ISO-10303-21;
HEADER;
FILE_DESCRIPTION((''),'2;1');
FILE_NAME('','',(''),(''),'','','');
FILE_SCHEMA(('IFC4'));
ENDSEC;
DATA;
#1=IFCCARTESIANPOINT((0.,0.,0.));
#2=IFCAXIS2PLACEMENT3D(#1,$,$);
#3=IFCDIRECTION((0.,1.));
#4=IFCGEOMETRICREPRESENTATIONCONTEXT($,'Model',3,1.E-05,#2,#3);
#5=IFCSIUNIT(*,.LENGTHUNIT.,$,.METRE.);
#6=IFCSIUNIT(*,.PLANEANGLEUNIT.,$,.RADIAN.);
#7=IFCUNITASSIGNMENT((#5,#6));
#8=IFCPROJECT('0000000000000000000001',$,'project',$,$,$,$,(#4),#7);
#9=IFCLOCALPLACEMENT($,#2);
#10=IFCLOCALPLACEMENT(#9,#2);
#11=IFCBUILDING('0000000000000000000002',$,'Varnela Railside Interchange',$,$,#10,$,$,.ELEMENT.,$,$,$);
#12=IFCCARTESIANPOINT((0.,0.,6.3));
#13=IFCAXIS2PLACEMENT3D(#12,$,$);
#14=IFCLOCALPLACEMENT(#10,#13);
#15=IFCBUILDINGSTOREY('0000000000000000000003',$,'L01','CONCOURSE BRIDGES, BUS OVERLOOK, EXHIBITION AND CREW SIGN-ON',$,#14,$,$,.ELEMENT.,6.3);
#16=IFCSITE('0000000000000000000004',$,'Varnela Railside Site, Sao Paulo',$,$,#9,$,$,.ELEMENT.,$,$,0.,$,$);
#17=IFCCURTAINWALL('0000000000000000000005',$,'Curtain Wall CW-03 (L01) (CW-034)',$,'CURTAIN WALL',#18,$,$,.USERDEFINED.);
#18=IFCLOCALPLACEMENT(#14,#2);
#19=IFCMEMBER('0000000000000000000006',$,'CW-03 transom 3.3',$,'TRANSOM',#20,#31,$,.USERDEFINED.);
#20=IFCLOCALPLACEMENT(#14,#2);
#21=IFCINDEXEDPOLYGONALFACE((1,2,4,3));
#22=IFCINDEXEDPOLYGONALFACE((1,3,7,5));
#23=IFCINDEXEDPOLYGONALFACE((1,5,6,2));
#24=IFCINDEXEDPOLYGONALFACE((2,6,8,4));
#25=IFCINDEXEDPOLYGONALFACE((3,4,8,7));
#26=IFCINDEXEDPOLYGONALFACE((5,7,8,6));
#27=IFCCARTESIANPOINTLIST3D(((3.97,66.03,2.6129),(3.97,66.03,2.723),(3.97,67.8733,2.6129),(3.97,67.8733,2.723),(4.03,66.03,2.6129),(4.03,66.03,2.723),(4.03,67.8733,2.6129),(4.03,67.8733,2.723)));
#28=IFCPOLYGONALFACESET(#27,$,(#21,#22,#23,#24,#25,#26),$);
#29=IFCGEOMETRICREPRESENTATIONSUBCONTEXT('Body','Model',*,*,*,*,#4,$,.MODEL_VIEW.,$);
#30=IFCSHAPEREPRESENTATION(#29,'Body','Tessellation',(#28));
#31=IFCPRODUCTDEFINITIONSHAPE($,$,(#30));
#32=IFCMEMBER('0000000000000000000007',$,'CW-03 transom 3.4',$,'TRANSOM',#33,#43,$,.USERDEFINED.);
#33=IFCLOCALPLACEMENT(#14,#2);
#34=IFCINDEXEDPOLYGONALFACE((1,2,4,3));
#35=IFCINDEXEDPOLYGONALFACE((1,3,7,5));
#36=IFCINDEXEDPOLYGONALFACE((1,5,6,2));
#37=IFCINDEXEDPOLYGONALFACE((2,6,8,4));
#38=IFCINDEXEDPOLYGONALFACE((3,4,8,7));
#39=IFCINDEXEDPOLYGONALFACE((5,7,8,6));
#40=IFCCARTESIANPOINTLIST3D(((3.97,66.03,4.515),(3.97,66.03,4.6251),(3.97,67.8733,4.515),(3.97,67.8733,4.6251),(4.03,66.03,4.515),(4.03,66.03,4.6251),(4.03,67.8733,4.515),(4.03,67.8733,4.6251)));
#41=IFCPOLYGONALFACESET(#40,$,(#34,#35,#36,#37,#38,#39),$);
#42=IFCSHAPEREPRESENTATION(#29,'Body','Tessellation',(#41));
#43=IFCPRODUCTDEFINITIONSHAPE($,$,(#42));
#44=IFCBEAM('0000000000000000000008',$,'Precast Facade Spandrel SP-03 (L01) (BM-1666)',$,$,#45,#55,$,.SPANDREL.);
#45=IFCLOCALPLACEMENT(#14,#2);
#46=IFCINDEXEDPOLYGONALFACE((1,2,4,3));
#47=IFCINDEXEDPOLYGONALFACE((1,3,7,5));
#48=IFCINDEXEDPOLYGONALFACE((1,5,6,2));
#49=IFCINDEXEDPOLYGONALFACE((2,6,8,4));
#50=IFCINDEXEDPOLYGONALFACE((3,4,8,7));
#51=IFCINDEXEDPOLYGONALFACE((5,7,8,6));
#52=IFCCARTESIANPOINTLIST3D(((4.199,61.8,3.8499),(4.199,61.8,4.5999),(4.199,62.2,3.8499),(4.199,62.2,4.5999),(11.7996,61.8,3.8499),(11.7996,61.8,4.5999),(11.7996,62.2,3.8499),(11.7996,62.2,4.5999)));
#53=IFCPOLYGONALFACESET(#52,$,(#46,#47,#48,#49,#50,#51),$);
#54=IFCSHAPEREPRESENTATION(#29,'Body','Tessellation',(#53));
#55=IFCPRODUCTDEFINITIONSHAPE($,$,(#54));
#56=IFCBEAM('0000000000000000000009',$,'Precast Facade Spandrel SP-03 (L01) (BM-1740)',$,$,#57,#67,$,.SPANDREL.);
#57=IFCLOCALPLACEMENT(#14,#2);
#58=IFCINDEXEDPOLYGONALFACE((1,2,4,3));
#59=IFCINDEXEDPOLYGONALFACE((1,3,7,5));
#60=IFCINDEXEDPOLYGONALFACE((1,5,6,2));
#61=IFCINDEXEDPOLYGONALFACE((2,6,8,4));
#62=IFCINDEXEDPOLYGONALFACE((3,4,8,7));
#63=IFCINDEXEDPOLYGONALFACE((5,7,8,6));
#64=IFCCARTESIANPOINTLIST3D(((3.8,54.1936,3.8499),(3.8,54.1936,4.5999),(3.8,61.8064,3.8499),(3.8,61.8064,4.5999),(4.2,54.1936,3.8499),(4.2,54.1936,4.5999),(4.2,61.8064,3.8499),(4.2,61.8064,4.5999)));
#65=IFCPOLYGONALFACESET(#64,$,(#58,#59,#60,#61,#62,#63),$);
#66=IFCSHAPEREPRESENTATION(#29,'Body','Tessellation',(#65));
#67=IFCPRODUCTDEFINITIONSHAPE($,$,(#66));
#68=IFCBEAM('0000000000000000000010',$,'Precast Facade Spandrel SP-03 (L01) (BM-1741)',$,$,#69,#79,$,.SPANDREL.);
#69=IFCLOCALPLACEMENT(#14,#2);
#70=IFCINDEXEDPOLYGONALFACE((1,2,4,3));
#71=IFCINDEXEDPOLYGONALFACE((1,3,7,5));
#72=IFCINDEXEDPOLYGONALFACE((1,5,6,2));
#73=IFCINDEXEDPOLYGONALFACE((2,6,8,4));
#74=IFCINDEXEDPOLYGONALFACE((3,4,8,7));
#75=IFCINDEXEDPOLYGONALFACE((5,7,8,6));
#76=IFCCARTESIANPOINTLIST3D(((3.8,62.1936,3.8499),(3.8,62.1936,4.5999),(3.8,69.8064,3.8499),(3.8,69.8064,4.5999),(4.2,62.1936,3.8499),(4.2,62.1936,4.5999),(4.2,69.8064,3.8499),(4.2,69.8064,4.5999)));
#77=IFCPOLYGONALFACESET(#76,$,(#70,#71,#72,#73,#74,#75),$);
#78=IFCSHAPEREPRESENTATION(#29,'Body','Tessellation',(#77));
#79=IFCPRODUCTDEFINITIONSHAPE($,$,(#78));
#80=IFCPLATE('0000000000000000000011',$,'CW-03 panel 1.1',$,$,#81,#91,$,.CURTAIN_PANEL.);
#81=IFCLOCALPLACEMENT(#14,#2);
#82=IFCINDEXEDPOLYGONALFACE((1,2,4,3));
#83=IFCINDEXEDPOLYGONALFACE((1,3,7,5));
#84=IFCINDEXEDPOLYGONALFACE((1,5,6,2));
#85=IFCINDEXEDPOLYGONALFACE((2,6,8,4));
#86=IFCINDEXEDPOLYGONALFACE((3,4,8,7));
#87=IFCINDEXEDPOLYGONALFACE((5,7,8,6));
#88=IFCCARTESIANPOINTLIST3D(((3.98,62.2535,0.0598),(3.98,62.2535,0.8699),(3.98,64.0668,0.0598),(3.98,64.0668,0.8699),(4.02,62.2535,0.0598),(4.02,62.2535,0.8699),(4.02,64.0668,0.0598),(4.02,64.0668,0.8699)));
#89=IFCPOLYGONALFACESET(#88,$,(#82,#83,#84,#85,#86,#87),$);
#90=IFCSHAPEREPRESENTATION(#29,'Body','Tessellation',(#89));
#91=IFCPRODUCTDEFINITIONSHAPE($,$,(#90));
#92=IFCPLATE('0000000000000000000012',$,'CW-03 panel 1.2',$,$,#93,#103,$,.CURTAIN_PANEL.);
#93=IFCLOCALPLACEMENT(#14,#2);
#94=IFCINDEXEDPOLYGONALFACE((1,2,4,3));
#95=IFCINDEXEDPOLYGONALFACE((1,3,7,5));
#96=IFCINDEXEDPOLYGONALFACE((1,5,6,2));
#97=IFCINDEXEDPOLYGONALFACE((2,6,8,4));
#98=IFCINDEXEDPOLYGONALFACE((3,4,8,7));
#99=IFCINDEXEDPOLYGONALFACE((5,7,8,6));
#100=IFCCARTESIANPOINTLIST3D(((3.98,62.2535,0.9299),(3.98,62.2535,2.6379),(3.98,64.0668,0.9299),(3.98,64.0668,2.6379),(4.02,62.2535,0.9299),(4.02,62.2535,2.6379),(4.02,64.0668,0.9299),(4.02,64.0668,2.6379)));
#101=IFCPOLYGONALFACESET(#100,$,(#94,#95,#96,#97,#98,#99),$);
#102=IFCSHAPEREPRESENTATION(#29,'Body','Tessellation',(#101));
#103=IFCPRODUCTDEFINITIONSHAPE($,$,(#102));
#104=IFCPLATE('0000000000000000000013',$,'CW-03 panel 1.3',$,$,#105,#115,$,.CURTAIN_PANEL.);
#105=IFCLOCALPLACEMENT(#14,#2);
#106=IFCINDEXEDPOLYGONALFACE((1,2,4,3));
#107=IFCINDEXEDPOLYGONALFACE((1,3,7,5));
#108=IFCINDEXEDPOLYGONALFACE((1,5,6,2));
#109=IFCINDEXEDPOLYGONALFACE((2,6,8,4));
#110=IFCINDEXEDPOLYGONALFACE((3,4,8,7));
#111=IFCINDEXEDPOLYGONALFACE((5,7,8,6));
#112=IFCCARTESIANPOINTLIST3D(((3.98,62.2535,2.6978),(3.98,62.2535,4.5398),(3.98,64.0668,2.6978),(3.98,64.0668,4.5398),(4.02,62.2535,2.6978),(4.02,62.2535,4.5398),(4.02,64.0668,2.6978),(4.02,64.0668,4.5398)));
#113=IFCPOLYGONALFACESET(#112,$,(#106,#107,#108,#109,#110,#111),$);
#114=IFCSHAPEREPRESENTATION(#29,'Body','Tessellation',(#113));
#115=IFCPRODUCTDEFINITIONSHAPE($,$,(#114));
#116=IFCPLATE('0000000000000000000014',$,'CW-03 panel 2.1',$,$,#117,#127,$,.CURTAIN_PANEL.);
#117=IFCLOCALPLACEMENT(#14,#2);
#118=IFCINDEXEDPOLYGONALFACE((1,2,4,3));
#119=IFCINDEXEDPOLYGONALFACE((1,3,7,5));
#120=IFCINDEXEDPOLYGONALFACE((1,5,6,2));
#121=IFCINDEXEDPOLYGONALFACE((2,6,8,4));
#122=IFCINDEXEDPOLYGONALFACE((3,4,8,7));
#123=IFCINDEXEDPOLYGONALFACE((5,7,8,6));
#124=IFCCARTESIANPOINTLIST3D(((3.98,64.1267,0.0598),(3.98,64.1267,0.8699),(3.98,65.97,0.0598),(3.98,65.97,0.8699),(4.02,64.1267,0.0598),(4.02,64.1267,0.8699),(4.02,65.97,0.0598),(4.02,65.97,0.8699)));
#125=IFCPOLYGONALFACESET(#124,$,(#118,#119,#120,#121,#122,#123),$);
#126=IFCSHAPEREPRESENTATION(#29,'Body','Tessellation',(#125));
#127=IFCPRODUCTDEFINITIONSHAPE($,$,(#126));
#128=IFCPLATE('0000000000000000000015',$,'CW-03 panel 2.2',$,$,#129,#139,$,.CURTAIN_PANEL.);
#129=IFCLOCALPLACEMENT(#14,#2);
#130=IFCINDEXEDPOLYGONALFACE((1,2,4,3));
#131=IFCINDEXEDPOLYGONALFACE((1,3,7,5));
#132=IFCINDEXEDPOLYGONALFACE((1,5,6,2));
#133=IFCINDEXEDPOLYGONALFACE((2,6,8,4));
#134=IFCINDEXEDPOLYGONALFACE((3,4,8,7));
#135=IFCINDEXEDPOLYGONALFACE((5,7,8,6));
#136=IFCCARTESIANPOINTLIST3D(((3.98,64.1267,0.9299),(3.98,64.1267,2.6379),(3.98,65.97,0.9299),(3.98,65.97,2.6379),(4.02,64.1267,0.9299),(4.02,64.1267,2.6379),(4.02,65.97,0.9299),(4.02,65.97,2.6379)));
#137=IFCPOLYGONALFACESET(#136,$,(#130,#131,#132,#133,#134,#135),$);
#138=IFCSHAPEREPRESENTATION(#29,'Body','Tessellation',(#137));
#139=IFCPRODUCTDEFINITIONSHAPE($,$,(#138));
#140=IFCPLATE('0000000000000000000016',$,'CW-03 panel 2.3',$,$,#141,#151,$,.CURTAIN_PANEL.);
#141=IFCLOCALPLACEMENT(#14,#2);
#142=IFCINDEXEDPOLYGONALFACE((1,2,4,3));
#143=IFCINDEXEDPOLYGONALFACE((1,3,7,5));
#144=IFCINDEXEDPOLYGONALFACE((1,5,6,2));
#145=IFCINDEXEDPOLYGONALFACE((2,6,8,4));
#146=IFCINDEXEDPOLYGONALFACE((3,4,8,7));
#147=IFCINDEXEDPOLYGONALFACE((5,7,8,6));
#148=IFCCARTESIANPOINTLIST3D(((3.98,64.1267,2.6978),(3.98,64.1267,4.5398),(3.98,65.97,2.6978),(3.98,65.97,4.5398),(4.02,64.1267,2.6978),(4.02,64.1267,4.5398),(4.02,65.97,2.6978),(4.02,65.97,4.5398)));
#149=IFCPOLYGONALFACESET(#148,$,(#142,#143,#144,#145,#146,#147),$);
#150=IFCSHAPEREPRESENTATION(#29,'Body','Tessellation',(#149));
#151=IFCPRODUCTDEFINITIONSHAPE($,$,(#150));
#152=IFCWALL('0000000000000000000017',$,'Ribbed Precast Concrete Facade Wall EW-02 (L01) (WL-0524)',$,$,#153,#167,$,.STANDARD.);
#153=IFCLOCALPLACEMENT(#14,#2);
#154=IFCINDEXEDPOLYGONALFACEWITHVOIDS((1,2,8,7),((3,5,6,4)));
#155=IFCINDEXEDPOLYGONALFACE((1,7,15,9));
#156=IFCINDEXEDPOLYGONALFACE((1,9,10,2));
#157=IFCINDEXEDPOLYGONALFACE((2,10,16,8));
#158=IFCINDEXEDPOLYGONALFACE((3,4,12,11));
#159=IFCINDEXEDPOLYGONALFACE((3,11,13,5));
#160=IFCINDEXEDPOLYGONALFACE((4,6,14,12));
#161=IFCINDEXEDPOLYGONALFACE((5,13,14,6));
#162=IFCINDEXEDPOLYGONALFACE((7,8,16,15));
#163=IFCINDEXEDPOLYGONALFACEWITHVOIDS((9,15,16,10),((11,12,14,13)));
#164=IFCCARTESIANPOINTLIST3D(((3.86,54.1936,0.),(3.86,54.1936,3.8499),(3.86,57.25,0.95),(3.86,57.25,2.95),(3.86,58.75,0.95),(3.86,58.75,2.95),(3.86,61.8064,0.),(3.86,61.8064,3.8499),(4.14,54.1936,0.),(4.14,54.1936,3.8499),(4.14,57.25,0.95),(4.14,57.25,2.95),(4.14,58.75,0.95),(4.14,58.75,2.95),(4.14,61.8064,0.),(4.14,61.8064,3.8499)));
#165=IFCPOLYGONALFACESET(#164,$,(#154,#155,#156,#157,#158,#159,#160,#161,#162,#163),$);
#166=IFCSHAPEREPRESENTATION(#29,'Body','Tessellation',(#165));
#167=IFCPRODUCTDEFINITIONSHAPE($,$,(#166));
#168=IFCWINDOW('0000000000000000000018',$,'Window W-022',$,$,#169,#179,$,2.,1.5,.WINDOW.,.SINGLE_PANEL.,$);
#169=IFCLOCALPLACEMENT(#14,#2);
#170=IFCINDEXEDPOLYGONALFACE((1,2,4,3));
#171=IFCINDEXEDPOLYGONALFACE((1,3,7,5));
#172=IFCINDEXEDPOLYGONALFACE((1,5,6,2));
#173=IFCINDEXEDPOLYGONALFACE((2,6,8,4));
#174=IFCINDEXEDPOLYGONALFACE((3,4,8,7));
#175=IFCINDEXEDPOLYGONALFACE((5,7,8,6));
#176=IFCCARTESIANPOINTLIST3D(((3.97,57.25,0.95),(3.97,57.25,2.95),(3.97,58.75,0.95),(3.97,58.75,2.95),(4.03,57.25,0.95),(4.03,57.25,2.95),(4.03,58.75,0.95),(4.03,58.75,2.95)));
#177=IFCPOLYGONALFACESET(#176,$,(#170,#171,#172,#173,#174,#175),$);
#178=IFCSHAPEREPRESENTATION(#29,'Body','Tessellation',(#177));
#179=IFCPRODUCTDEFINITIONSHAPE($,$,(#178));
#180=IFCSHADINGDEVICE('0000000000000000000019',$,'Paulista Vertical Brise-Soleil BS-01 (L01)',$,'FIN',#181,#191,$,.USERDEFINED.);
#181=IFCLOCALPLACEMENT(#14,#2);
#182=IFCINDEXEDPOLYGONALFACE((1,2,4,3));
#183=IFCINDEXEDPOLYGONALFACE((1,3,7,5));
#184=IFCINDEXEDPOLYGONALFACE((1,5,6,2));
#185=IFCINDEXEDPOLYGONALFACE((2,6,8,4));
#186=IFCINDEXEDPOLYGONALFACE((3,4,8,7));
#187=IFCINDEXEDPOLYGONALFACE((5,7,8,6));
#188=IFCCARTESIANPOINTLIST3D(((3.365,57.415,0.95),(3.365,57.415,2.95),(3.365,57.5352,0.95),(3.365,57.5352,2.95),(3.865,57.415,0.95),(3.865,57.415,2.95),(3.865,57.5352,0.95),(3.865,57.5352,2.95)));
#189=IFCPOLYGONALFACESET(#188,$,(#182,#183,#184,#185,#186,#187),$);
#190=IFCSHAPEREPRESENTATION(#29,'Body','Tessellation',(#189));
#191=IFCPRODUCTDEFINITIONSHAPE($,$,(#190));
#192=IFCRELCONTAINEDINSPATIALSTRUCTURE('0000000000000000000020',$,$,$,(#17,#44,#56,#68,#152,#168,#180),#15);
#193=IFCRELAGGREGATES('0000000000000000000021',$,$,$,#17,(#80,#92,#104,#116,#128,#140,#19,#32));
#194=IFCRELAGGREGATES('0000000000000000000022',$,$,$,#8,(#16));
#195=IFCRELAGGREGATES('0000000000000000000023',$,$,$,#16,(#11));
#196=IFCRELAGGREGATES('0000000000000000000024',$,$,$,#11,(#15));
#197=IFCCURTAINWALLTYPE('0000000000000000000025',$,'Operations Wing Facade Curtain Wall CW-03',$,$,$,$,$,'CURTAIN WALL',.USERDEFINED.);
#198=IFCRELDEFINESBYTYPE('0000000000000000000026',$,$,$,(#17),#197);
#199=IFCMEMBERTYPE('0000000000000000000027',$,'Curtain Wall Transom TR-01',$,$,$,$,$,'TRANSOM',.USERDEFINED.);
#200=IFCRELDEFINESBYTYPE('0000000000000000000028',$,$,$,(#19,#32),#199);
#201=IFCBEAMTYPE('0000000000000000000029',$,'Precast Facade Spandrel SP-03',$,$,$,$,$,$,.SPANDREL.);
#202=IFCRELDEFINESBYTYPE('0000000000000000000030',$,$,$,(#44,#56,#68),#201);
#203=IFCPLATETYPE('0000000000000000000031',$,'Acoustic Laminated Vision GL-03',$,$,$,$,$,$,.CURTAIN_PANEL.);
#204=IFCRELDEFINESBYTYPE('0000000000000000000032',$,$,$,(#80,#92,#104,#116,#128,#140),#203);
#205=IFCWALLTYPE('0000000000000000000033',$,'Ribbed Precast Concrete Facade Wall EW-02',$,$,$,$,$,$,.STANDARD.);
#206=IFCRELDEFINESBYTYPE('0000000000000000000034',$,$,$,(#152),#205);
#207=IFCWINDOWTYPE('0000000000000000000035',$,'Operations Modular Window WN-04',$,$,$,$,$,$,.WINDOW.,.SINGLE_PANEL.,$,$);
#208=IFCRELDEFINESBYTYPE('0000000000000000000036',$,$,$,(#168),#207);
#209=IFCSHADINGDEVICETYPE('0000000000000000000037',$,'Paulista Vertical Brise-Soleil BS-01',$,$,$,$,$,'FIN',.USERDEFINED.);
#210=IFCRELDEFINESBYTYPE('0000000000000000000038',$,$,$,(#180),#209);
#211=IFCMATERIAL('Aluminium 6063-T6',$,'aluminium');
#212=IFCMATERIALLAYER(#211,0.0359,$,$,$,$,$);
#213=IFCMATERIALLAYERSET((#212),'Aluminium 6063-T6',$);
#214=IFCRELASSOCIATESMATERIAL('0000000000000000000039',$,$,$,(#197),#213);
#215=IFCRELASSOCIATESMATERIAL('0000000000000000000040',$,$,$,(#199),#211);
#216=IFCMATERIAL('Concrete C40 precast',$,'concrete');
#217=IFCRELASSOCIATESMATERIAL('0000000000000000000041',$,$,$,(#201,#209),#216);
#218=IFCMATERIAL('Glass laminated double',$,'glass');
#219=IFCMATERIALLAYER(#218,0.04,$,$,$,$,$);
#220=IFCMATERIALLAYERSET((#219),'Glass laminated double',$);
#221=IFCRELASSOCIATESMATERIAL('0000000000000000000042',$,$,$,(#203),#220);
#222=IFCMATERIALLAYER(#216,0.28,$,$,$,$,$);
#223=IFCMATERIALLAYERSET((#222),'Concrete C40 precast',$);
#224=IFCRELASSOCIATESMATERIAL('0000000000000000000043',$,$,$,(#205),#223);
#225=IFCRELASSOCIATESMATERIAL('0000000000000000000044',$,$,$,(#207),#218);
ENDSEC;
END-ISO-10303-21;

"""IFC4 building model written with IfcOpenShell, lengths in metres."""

from ifc_helpers import new_model, si_unit, direction, frame, frame_2d, origin, origin_2d, place, context, subcontext, project, spatial, rectangle, extrude, material, layer, layer_set, material_profile, profile_set, type_object, element, fill, aggregate, save


model = new_model("IFC4")

# Units and contexts
model_context = context("Model", 3, precision=1e-05, world=origin(), true_north=direction((0.0, 1.0)))
body_context = subcontext(model_context, "Body", "Model", "MODEL_VIEW")
ifc_project = project(units=[si_unit("LENGTHUNIT", "METRE"), si_unit("PLANEANGLEUNIT", "RADIAN")], contexts=[model_context])

# Site, building, storey
site_placement = place(None, origin())
site = spatial("IfcSite", under=ifc_project, at=site_placement, Name="Varnela Railside Site, Sao Paulo", CompositionType="ELEMENT", RefElevation=0.0)
building_placement = place(site_placement, origin())
building = spatial("IfcBuilding", under=site, at=building_placement, Name="Varnela Railside Interchange", CompositionType="ELEMENT")
storey_placement = place(building_placement, frame((0.0, 0.0, 6.3)))
storey = spatial("IfcBuildingStorey", under=building, at=storey_placement, Name="L01", Description="CONCOURSE BRIDGES, BUS OVERLOOK, EXHIBITION AND CREW SIGN-ON", CompositionType="ELEMENT", Elevation=6.3)

# Curtain wall, members
ifc_material_1 = material(Name="Aluminium 6063-T6", Category="aluminium")
ifc_layer_1 = layer(ifc_material_1, 0.0359)
ifc_layer_set_1 = layer_set([ifc_layer_1], Name="Aluminium 6063-T6")
curtain_wall_type = type_object("IfcCurtainWallType", Name="Operations Wing Facade Curtain Wall CW-03", ElementType="CURTAIN WALL", PredefinedType="USERDEFINED", material=ifc_layer_set_1)
curtain_wall_placement = place(storey_placement, origin())
curtain_wall = element("IfcCurtainWall", 1, at=curtain_wall_placement, inside=storey, type_object=curtain_wall_type, Name="Curtain Wall CW-03 (L01) (CW-034)", ObjectType="CURTAIN WALL", PredefinedType="USERDEFINED")
ifc_material_profile_1 = material_profile(ifc_material_1, rectangle(XDim=0.0601, YDim=0.1101, at=origin_2d()), Name="ALU 60x110")
ifc_profile_set_1 = profile_set([ifc_material_profile_1], Name="Aluminium 6063-T6")
member_type_1 = type_object("IfcMemberType", Name="Curtain Wall Transom TR-01", ElementType="TRANSOM", PredefinedType="USERDEFINED", material=ifc_profile_set_1)
member_1_placement = place(storey_placement, frame((4.0, 66.03, 2.668), z_axis=(0.0, 1.0, 0.0), x_axis=(-1.0, 0.0, 0.0)))
member_1 = element("IfcMember", 2, at=member_1_placement, type_object=member_type_1, Name="CW-03 transom 3.3", ObjectType="TRANSOM", PredefinedType="USERDEFINED", context=body_context, shape_type="SweptSolid", body=[
    extrude(rectangle(XDim=0.0601, YDim=0.1101, at=origin_2d()), origin(), (0.0, 0.0, 1.0), 1.8433),
])
member_2_placement = place(storey_placement, frame((4.0, 66.03, 4.5701), z_axis=(0.0, 1.0, 0.0), x_axis=(-1.0, 0.0, 0.0)))
member_2 = element("IfcMember", 3, at=member_2_placement, type_object=member_type_1, Name="CW-03 transom 3.4", ObjectType="TRANSOM", PredefinedType="USERDEFINED", context=body_context, shape_type="SweptSolid", body=[
    extrude(rectangle(XDim=0.0601, YDim=0.1101, at=origin_2d()), origin(), (0.0, 0.0, 1.0), 1.8433),
])

# Beams
ifc_material_2 = material(Name="Concrete C40 precast", Category="concrete")
ifc_material_profile_2 = material_profile(ifc_material_2, rectangle(XDim=0.3999, YDim=0.75, at=origin_2d()), Name="PC 400x750")
ifc_profile_set_2 = profile_set([ifc_material_profile_2], Name="Concrete C40 precast")
beam_type = type_object("IfcBeamType", Name="Precast Facade Spandrel SP-03", PredefinedType="SPANDREL", material=ifc_profile_set_2)
beam_placement = place(storey_placement, frame((4.199, 62.0, 4.2249), z_axis=(1.0, 0.0, 0.0), x_axis=(0.0, 1.0, 0.0)))
element("IfcBeam", 4, at=beam_placement, inside=storey, type_object=beam_type, Name="Precast Facade Spandrel SP-03 (L01) (BM-1666)", PredefinedType="SPANDREL", context=body_context, shape_type="SweptSolid", body=[
    extrude(rectangle(XDim=0.3999, YDim=0.75, at=origin_2d()), origin(), (0.0, 0.0, 1.0), 7.6006),
])
for number, where, z_axis, x_axis, name in (
    (5, (4.0, 54.1936, 4.2249), (0.0, 1.0, 0.0), (-1.0, 0.0, 0.0), "Precast Facade Spandrel SP-03 (L01) (BM-1740)"),
    (6, (4.0, 62.1936, 4.2249), (0.0, 1.0, 0.0), (-1.0, 0.0, 0.0), "Precast Facade Spandrel SP-03 (L01) (BM-1741)"),
):
    element("IfcBeam", number, at=place(storey_placement, frame(where, z_axis=z_axis, x_axis=x_axis)), inside=storey, type_object=beam_type, Name=name, PredefinedType="SPANDREL", context=body_context, shape_type="SweptSolid", body=[
        extrude(rectangle(XDim=0.3999, YDim=0.75, at=origin_2d()), origin(), (0.0, 0.0, 1.0), 7.6128),
    ])

# Plates
ifc_material_3 = material(Name="Glass laminated double", Category="glass")
ifc_layer_2 = layer(ifc_material_3, 0.04)
ifc_layer_set_2 = layer_set([ifc_layer_2], Name="Glass laminated double")
plate_type = type_object("IfcPlateType", Name="Acoustic Laminated Vision GL-03", PredefinedType="CURTAIN_PANEL", material=ifc_layer_set_2)
plate_1_placement = place(storey_placement, frame((4.0, 63.1602, 0.0598), z_axis=(0.0, 0.0, 1.0), x_axis=(0.0, 1.0, 0.0)))
plate_1 = element("IfcPlate", 7, at=plate_1_placement, type_object=plate_type, Name="CW-03 panel 1.1", PredefinedType="CURTAIN_PANEL", context=body_context, shape_type="SweptSolid", body=[
    extrude(rectangle(XDim=1.8132, YDim=0.04, at=origin_2d()), origin(), (0.0, 0.0, 1.0), 0.8101),
])
plate_2_placement = place(storey_placement, frame((4.0, 63.1602, 0.9299), z_axis=(0.0, 0.0, 1.0), x_axis=(0.0, 1.0, 0.0)))
plate_2 = element("IfcPlate", 8, at=plate_2_placement, type_object=plate_type, Name="CW-03 panel 1.2", PredefinedType="CURTAIN_PANEL", context=body_context, shape_type="SweptSolid", body=[
    extrude(rectangle(XDim=1.8132, YDim=0.04, at=origin_2d()), origin(), (0.0, 0.0, 1.0), 1.708),
])
plate_3_placement = place(storey_placement, frame((4.0, 63.1602, 2.6978), z_axis=(0.0, 0.0, 1.0), x_axis=(0.0, 1.0, 0.0)))
plate_3 = element("IfcPlate", 9, at=plate_3_placement, type_object=plate_type, Name="CW-03 panel 1.3", PredefinedType="CURTAIN_PANEL", context=body_context, shape_type="SweptSolid", body=[
    extrude(rectangle(XDim=1.8132, YDim=0.04, at=origin_2d()), origin(), (0.0, 0.0, 1.0), 1.842),
])
plate_4_placement = place(storey_placement, frame((4.0, 65.0483, 0.0598), z_axis=(0.0, 0.0, 1.0), x_axis=(0.0, 1.0, 0.0)))
plate_4 = element("IfcPlate", 10, at=plate_4_placement, type_object=plate_type, Name="CW-03 panel 2.1", PredefinedType="CURTAIN_PANEL", context=body_context, shape_type="SweptSolid", body=[
    extrude(rectangle(XDim=1.8433, YDim=0.04, at=origin_2d()), origin(), (0.0, 0.0, 1.0), 0.8101),
])
plate_5_placement = place(storey_placement, frame((4.0, 65.0483, 0.9299), z_axis=(0.0, 0.0, 1.0), x_axis=(0.0, 1.0, 0.0)))
plate_5 = element("IfcPlate", 11, at=plate_5_placement, type_object=plate_type, Name="CW-03 panel 2.2", PredefinedType="CURTAIN_PANEL", context=body_context, shape_type="SweptSolid", body=[
    extrude(rectangle(XDim=1.8433, YDim=0.04, at=origin_2d()), origin(), (0.0, 0.0, 1.0), 1.708),
])
plate_6_placement = place(storey_placement, frame((4.0, 65.0483, 2.6978), z_axis=(0.0, 0.0, 1.0), x_axis=(0.0, 1.0, 0.0)))
plate_6 = element("IfcPlate", 12, at=plate_6_placement, type_object=plate_type, Name="CW-03 panel 2.3", PredefinedType="CURTAIN_PANEL", context=body_context, shape_type="SweptSolid", body=[
    extrude(rectangle(XDim=1.8433, YDim=0.04, at=origin_2d()), origin(), (0.0, 0.0, 1.0), 1.842),
])
aggregate(curtain_wall, [plate_1, plate_2, plate_3, plate_4, plate_5, plate_6, member_1, member_2])

# Wall, opening, window
ifc_layer_3 = layer(ifc_material_2, 0.28)
ifc_layer_set_3 = layer_set([ifc_layer_3], Name="Concrete C40 precast")
wall_type = type_object("IfcWallType", Name="Ribbed Precast Concrete Facade Wall EW-02", PredefinedType="STANDARD", material=ifc_layer_set_3)
wall_placement = place(storey_placement, frame((4.0, 54.1936, 0.0), z_axis=(0.0, 0.0, 1.0), x_axis=(0.0, 1.0, 0.0)))
wall = element("IfcWall", 13, at=wall_placement, inside=storey, type_object=wall_type, Name="Ribbed Precast Concrete Facade Wall EW-02 (L01) (WL-0524)", PredefinedType="STANDARD", context=body_context, shape_type="SweptSolid", body=[
    extrude(rectangle(XDim=7.6128, YDim=0.28, at=frame_2d((3.8064, 0.0))), origin(), (0.0, 0.0, 1.0), 3.8499),
])
opening_placement = place(wall_placement, frame((3.0564, 0.0, 0.95)))
opening = element("IfcOpeningElement", 14, at=opening_placement, cuts=wall, PredefinedType="OPENING", context=body_context, shape_type="SweptSolid", body=[
    extrude(rectangle(XDim=1.5, YDim=2.0, at=frame_2d((0.75, 1.0))), frame((0.0, 0.1499, 0.0), z_axis=(0.0, -1.0, 0.0), x_axis=(1.0, 0.0, 0.0)), (0.0, 0.0, 1.0), 0.3),
])
window_type = type_object("IfcWindowType", Name="Operations Modular Window WN-04", PartitioningType="SINGLE_PANEL", PredefinedType="WINDOW", material=ifc_material_3)
window_placement = place(opening_placement, origin())
window = element("IfcWindow", 15, at=window_placement, inside=storey, type_object=window_type, Name="Window W-022", OverallHeight=2.0, OverallWidth=1.5, PartitioningType="SINGLE_PANEL", PredefinedType="WINDOW", context=body_context, shape_type="SweptSolid", body=[
    extrude(rectangle(XDim=1.5, YDim=2.0, at=frame_2d((0.75, 1.0))), frame((0.0, 0.03, 0.0), z_axis=(0.0, -1.0, 0.0), x_axis=(1.0, 0.0, 0.0)), (0.0, 0.0, 1.0), 0.0601),
])
fill(opening, window)

# Shading device
shading_device_type = type_object("IfcShadingDeviceType", Name="Paulista Vertical Brise-Soleil BS-01", ElementType="FIN", PredefinedType="USERDEFINED", material=ifc_material_2)
for number, where, z_axis, x_axis, name in (
    (16, (3.615, 57.4751, 0.95), (0.0, 0.0, 1.0), (-1.0, 0.0, 0.0), "Paulista Vertical Brise-Soleil BS-01 (L01)"),
):
    element("IfcShadingDevice", number, at=place(storey_placement, frame(where, z_axis=z_axis, x_axis=x_axis)), inside=storey, type_object=shading_device_type, Name=name, ObjectType="FIN", PredefinedType="USERDEFINED", context=body_context, shape_type="SweptSolid", body=[
        extrude(rectangle(XDim=0.5, YDim=0.1201, at=origin_2d()), origin(), (0.0, 0.0, 1.0), 2.0),
    ])

save(model, "model.ifc")
